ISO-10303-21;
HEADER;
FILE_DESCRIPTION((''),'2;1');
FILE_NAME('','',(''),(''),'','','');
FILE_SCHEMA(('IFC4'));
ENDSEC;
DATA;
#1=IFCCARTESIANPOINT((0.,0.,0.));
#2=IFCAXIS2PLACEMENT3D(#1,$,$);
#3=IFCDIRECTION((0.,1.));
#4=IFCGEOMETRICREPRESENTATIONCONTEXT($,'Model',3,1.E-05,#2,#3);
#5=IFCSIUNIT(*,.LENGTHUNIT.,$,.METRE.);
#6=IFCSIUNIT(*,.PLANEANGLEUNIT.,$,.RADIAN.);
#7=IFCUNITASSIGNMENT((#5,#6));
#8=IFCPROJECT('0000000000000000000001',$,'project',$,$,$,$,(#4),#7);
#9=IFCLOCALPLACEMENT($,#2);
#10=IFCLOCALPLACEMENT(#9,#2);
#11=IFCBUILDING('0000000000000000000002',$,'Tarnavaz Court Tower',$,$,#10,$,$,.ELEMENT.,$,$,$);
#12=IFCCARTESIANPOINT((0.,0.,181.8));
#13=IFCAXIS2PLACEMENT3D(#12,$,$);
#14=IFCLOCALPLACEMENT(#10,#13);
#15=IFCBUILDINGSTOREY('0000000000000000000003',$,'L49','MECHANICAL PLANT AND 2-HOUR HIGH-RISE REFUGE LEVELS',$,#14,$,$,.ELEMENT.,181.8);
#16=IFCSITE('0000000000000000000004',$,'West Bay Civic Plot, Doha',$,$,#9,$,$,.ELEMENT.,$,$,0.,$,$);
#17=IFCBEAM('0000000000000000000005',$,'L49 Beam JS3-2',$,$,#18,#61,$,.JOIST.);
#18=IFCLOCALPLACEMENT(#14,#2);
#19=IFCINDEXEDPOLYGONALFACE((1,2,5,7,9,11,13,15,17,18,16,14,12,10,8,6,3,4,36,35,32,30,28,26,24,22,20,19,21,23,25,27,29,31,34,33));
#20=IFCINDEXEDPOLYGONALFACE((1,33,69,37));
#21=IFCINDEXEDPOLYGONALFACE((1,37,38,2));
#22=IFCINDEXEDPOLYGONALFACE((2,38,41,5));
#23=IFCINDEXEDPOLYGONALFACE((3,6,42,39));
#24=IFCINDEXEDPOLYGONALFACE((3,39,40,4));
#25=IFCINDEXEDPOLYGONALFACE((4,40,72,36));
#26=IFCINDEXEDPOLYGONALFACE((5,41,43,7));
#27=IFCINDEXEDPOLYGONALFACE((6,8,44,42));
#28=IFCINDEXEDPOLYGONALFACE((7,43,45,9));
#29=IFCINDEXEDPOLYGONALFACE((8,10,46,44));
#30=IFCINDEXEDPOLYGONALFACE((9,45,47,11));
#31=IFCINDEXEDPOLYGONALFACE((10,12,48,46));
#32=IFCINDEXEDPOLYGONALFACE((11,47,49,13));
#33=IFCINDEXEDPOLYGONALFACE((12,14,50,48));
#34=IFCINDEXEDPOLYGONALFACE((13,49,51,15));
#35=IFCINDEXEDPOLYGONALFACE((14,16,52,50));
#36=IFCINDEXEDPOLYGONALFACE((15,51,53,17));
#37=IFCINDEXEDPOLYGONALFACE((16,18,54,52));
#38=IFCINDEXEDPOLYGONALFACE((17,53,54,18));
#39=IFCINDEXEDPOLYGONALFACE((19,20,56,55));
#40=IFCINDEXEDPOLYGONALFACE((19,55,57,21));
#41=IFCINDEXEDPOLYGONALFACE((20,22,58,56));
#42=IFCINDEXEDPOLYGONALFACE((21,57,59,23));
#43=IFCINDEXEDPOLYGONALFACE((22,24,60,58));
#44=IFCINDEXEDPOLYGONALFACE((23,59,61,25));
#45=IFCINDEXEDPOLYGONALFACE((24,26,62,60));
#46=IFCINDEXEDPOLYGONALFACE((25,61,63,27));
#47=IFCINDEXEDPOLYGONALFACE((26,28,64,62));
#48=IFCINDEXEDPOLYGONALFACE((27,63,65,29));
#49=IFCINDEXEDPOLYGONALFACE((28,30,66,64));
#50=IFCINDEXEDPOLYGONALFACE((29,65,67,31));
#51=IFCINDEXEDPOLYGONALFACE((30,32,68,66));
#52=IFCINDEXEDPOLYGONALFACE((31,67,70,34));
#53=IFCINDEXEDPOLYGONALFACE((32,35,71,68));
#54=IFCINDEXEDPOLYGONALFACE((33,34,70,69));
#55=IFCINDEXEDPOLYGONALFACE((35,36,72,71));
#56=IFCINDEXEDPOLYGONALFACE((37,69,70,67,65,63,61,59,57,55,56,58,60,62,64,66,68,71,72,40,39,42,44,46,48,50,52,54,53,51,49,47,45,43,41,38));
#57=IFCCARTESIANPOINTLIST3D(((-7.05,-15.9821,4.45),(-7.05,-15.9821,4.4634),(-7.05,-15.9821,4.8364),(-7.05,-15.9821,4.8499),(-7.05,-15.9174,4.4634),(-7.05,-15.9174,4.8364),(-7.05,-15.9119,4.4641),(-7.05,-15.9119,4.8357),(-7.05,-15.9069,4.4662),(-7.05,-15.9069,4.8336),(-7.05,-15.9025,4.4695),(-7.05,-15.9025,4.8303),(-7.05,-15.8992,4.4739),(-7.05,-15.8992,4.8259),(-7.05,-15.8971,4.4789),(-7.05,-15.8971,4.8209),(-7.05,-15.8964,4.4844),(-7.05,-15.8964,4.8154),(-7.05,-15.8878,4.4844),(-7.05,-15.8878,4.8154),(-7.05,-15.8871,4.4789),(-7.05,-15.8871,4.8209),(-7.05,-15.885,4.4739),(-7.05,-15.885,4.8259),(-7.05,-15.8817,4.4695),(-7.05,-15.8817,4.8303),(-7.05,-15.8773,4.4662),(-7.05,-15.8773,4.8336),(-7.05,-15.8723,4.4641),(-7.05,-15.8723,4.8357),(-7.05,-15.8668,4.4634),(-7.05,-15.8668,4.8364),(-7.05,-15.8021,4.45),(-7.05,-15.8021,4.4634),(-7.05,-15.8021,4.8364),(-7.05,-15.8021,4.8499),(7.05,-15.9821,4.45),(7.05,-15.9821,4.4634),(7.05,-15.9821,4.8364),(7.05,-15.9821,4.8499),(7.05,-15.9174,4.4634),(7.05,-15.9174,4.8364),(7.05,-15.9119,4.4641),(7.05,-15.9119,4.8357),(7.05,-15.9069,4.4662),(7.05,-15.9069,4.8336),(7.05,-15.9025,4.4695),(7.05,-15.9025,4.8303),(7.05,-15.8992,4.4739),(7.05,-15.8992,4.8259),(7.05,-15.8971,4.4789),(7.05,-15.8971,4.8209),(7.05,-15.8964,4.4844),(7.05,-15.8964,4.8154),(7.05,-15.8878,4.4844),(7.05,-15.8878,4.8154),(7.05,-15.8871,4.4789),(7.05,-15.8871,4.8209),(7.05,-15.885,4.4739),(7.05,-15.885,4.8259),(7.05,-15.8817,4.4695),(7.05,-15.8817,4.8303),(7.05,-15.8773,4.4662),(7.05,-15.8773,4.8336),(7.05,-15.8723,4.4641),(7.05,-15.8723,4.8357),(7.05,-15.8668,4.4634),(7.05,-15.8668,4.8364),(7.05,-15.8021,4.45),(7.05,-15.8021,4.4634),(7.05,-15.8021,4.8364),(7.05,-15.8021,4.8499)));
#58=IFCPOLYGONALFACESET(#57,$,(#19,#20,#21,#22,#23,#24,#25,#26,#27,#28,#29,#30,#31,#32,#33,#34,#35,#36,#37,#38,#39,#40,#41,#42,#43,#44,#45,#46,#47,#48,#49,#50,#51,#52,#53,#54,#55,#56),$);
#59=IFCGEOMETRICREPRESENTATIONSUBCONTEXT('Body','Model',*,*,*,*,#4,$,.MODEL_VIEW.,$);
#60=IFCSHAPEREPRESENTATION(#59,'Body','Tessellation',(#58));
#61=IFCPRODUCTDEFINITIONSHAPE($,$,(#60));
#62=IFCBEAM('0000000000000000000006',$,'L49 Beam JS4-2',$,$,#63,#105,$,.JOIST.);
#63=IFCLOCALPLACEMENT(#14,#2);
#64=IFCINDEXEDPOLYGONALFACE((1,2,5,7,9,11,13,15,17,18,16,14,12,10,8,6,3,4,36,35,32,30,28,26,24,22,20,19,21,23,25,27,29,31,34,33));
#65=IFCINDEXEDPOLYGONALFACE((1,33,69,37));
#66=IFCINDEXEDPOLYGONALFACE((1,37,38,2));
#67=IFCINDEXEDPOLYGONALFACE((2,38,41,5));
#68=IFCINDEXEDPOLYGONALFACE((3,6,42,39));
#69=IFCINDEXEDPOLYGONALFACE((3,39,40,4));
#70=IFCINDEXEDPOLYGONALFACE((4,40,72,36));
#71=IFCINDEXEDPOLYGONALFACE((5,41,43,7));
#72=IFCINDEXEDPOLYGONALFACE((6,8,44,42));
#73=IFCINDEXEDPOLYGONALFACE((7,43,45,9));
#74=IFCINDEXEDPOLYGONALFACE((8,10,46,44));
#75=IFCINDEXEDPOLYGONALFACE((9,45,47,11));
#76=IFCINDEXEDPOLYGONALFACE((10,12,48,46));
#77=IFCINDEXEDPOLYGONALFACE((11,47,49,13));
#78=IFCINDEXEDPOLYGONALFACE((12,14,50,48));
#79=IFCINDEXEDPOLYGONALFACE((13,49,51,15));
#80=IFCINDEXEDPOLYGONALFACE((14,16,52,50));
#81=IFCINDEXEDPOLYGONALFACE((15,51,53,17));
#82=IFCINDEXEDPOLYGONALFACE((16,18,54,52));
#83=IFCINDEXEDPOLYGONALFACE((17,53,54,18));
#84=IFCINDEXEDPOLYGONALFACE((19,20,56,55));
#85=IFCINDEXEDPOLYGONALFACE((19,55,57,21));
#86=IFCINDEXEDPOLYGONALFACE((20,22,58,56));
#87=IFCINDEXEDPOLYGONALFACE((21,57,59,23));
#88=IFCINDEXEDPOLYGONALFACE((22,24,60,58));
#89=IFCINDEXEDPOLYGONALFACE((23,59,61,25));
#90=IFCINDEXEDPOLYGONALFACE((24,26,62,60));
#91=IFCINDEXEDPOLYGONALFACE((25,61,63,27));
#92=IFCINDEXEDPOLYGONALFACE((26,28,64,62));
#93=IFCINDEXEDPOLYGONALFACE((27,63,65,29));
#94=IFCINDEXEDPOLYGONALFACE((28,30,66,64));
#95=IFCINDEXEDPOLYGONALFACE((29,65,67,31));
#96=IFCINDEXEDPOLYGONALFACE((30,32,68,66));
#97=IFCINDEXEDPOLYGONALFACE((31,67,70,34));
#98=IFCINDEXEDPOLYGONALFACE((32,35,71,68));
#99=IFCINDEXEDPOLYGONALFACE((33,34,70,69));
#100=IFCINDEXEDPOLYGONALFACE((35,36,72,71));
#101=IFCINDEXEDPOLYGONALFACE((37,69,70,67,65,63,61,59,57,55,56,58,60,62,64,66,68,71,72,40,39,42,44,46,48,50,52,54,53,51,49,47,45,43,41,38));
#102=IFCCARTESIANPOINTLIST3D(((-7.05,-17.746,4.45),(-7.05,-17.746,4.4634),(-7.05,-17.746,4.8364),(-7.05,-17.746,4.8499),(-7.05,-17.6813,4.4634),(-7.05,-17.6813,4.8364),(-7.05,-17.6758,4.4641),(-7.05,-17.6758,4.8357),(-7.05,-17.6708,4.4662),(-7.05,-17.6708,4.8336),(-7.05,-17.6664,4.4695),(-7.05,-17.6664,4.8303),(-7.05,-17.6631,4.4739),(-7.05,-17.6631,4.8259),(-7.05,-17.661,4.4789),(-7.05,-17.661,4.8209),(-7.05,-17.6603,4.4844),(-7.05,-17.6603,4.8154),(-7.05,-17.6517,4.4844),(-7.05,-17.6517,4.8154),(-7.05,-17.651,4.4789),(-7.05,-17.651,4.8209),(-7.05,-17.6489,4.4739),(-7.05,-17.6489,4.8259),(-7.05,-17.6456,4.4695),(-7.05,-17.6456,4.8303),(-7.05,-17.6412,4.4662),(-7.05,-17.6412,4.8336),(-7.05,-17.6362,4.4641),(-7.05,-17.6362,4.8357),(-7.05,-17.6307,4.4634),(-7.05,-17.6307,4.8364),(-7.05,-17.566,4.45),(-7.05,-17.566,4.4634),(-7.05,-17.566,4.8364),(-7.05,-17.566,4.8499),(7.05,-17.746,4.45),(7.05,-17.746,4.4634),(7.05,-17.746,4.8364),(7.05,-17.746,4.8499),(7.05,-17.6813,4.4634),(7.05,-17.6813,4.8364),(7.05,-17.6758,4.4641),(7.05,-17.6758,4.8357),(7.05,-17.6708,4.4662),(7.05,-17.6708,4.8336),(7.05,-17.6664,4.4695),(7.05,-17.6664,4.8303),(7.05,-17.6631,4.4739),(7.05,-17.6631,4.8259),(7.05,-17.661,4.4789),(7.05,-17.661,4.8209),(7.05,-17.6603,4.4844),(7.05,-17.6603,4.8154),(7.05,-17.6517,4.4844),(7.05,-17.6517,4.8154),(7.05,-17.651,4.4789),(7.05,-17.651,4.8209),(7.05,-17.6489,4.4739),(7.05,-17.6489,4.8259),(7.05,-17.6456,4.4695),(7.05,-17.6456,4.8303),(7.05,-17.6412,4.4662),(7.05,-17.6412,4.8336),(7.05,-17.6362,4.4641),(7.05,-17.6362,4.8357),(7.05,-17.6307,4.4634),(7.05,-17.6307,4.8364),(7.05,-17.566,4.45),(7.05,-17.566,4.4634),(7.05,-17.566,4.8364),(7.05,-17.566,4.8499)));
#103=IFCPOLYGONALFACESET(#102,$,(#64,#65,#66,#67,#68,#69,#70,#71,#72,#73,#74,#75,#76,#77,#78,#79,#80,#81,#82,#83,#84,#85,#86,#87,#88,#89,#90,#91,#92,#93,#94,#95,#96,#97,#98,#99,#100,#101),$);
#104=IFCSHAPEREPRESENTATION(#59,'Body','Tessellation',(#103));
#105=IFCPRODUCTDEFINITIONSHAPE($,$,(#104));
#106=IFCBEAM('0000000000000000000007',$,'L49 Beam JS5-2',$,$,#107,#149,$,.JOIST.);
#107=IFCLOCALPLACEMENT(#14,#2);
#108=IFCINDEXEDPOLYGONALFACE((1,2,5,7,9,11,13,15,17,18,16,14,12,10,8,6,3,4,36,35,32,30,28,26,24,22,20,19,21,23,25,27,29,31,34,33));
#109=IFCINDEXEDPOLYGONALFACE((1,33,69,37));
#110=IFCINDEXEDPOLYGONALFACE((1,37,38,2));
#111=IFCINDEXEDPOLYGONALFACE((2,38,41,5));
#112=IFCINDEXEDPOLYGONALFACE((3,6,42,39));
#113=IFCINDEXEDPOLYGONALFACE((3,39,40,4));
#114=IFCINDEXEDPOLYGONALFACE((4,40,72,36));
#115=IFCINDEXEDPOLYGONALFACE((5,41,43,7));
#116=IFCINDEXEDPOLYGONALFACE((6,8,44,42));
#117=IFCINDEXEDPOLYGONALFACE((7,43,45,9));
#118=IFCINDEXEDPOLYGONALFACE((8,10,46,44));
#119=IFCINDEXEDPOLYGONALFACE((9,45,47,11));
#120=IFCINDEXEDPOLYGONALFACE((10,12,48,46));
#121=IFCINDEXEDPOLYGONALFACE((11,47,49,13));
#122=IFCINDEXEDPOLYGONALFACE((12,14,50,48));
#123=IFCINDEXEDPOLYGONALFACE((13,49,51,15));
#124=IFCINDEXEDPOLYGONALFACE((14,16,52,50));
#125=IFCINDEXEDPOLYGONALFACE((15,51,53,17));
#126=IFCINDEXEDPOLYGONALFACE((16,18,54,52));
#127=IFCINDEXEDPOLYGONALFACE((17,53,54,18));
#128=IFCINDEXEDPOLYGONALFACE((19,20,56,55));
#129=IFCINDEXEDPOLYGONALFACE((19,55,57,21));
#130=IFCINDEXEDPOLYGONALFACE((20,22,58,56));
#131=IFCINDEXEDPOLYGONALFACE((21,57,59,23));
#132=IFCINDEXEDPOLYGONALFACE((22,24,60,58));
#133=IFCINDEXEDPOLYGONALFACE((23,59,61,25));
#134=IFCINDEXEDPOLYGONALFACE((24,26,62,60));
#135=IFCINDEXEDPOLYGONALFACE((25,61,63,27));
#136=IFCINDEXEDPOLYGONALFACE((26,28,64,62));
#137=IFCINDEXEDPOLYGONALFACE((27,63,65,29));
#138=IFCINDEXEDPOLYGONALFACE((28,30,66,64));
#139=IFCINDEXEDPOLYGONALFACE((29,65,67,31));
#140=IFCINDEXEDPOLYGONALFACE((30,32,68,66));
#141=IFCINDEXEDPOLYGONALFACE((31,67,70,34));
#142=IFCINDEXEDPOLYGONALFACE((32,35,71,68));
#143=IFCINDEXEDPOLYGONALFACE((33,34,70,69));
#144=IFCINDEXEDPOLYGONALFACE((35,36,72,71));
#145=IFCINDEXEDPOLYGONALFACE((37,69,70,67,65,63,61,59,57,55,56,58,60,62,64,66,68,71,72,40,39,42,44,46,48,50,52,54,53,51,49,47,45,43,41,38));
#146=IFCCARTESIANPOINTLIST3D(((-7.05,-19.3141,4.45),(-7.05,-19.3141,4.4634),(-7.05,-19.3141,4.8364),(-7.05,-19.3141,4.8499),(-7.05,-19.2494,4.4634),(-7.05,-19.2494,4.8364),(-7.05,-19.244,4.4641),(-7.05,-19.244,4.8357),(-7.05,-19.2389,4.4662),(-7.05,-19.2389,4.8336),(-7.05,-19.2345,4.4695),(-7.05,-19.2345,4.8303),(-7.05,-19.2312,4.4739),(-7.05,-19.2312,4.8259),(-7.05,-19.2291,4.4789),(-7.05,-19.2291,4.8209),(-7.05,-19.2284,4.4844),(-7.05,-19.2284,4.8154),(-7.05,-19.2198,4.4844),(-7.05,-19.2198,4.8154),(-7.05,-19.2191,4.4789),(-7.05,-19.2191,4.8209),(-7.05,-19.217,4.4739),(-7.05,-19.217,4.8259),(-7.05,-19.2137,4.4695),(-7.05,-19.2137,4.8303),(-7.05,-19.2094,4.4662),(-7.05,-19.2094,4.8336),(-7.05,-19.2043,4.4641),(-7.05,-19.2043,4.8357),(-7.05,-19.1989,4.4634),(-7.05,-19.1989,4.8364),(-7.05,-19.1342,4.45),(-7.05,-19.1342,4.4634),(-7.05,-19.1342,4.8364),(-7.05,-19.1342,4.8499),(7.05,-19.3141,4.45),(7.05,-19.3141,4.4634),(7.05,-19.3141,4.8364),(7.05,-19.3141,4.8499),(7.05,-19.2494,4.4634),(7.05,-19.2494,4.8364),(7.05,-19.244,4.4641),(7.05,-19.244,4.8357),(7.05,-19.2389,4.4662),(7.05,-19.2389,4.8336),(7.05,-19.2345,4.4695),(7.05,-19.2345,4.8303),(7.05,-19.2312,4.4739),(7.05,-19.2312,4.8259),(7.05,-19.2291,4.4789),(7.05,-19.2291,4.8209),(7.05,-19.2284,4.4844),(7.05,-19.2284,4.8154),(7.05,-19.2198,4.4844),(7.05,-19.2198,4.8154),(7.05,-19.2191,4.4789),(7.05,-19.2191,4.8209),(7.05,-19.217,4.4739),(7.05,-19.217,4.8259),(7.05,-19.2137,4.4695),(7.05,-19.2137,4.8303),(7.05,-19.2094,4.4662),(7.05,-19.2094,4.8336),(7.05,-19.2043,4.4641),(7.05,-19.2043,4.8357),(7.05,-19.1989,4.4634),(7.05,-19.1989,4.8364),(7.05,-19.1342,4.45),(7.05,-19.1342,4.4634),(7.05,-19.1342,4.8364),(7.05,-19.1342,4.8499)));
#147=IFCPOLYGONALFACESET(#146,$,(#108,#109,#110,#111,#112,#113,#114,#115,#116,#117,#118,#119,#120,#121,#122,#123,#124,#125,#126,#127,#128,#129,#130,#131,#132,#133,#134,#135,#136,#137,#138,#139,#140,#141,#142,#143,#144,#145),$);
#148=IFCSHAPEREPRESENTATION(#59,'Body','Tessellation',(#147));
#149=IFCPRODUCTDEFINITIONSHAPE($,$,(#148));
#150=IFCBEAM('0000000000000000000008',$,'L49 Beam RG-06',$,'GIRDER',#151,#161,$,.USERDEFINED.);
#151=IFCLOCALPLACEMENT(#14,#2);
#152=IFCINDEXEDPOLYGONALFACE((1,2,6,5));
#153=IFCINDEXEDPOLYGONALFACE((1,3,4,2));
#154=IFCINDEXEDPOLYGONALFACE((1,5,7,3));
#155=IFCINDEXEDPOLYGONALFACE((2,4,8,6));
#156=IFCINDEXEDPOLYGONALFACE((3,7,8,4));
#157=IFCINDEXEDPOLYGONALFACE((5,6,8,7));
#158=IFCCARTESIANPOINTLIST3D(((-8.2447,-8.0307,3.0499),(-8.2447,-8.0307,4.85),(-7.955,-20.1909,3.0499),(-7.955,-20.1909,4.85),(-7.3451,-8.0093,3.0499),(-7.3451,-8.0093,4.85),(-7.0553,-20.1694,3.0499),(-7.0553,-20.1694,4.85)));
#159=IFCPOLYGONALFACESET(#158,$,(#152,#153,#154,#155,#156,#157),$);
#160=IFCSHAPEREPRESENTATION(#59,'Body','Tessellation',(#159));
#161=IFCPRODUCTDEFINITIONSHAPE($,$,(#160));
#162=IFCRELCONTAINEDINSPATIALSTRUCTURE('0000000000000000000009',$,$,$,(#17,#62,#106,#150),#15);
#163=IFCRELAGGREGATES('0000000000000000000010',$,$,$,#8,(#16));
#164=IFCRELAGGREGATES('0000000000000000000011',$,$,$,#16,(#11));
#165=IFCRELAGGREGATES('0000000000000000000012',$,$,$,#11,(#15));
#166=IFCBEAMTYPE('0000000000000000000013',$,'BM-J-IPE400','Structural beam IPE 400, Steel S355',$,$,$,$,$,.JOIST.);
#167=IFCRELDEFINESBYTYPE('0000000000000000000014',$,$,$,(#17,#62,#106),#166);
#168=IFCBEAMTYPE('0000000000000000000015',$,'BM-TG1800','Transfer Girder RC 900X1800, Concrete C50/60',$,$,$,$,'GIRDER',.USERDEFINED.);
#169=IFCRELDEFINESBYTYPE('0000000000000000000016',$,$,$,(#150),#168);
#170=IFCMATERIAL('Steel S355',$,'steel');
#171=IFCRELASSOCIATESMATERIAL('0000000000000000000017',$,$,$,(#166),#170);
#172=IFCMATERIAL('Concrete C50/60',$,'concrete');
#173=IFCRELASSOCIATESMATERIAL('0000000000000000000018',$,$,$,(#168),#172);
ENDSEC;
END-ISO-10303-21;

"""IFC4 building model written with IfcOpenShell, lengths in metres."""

from ifc_helpers import new_model, si_unit, direction, frame, origin, origin_2d, place, context, subcontext, project, spatial, rectangle, i_section, extrude, material, material_profile, profile_set, type_object, element, save


model = new_model("IFC4")

# Units and contexts
model_context = context("Model", 3, precision=1e-05, world=origin(), true_north=direction((0.0, 1.0)))
body_context = subcontext(model_context, "Body", "Model", "MODEL_VIEW")
ifc_project = project(units=[si_unit("LENGTHUNIT", "METRE"), si_unit("PLANEANGLEUNIT", "RADIAN")], contexts=[model_context])

# Site, building, storey
site_placement = place(None, origin())
site = spatial("IfcSite", under=ifc_project, at=site_placement, Name="West Bay Civic Plot, Doha", CompositionType="ELEMENT", RefElevation=0.0)
building_placement = place(site_placement, origin())
building = spatial("IfcBuilding", under=site, at=building_placement, Name="Tarnavaz Court Tower", CompositionType="ELEMENT")
storey_placement = place(building_placement, frame((0.0, 0.0, 181.8)))
storey = spatial("IfcBuildingStorey", under=building, at=storey_placement, Name="L49", Description="MECHANICAL PLANT AND 2-HOUR HIGH-RISE REFUGE LEVELS", CompositionType="ELEMENT", Elevation=181.8)

# Beams
ifc_material_1 = material(Name="Steel S355", Category="steel")
ifc_material_profile_1 = material_profile(ifc_material_1, i_section(OverallWidth=0.1799, OverallDepth=0.3999, WebThickness=0.0085, FlangeThickness=0.0134, FilletRadius=0.021, at=origin_2d()), Name="IPE 400")
ifc_profile_set_1 = profile_set([ifc_material_profile_1], Name="Steel S355")
beam_type_1 = type_object("IfcBeamType", Name="BM-J-IPE400", Description="Structural beam IPE 400, Steel S355", PredefinedType="JOIST", material=ifc_profile_set_1)
for number, where, z_axis, x_axis, name in (
    (1, (-7.05, -15.8921, 4.6499), (1.0, 0.0, 0.0), (0.0, 1.0, 0.0), "L49 Beam JS3-2"),
    (2, (-7.05, -17.656, 4.6499), (1.0, 0.0, 0.0), (0.0, 1.0, 0.0), "L49 Beam JS4-2"),
    (3, (-7.05, -19.2241, 4.6499), (1.0, 0.0, 0.0), (0.0, 1.0, 0.0), "L49 Beam JS5-2"),
):
    element("IfcBeam", number, at=place(storey_placement, frame(where, z_axis=z_axis, x_axis=x_axis)), inside=storey, type_object=beam_type_1, Name=name, PredefinedType="JOIST", context=body_context, shape_type="SweptSolid", body=[
        extrude(i_section(OverallWidth=0.1799, OverallDepth=0.3999, WebThickness=0.0085, FlangeThickness=0.0134, FilletRadius=0.021, at=origin_2d()), origin(), (0.0, 0.0, 1.0), 14.1001),
    ])
ifc_material_2 = material(Name="Concrete C50/60", Category="concrete")
ifc_material_profile_2 = material_profile(ifc_material_2, rectangle(XDim=0.8999, YDim=1.8, at=origin_2d()), Name="RC 900X1800")
ifc_profile_set_2 = profile_set([ifc_material_profile_2], Name="Concrete C50/60")
beam_type_2 = type_object("IfcBeamType", Name="BM-TG1800", Description="Transfer Girder RC 900X1800, Concrete C50/60", ElementType="GIRDER", PredefinedType="USERDEFINED", material=ifc_profile_set_2)
beam_1_placement = place(storey_placement, frame((-7.7949, -8.02, 3.95), z_axis=(0.023825, -0.999716, 0.0), x_axis=(0.999716, 0.023825, 0.0)))
element("IfcBeam", 4, at=beam_1_placement, inside=storey, type_object=beam_type_2, Name="L49 Beam RG-06", ObjectType="GIRDER", PredefinedType="USERDEFINED", context=body_context, shape_type="SweptSolid", body=[
    extrude(rectangle(XDim=0.8999, YDim=1.8, at=origin_2d()), origin(), (0.0, 0.0, 1.0), 12.1636),
])

save(model, "model.ifc")
